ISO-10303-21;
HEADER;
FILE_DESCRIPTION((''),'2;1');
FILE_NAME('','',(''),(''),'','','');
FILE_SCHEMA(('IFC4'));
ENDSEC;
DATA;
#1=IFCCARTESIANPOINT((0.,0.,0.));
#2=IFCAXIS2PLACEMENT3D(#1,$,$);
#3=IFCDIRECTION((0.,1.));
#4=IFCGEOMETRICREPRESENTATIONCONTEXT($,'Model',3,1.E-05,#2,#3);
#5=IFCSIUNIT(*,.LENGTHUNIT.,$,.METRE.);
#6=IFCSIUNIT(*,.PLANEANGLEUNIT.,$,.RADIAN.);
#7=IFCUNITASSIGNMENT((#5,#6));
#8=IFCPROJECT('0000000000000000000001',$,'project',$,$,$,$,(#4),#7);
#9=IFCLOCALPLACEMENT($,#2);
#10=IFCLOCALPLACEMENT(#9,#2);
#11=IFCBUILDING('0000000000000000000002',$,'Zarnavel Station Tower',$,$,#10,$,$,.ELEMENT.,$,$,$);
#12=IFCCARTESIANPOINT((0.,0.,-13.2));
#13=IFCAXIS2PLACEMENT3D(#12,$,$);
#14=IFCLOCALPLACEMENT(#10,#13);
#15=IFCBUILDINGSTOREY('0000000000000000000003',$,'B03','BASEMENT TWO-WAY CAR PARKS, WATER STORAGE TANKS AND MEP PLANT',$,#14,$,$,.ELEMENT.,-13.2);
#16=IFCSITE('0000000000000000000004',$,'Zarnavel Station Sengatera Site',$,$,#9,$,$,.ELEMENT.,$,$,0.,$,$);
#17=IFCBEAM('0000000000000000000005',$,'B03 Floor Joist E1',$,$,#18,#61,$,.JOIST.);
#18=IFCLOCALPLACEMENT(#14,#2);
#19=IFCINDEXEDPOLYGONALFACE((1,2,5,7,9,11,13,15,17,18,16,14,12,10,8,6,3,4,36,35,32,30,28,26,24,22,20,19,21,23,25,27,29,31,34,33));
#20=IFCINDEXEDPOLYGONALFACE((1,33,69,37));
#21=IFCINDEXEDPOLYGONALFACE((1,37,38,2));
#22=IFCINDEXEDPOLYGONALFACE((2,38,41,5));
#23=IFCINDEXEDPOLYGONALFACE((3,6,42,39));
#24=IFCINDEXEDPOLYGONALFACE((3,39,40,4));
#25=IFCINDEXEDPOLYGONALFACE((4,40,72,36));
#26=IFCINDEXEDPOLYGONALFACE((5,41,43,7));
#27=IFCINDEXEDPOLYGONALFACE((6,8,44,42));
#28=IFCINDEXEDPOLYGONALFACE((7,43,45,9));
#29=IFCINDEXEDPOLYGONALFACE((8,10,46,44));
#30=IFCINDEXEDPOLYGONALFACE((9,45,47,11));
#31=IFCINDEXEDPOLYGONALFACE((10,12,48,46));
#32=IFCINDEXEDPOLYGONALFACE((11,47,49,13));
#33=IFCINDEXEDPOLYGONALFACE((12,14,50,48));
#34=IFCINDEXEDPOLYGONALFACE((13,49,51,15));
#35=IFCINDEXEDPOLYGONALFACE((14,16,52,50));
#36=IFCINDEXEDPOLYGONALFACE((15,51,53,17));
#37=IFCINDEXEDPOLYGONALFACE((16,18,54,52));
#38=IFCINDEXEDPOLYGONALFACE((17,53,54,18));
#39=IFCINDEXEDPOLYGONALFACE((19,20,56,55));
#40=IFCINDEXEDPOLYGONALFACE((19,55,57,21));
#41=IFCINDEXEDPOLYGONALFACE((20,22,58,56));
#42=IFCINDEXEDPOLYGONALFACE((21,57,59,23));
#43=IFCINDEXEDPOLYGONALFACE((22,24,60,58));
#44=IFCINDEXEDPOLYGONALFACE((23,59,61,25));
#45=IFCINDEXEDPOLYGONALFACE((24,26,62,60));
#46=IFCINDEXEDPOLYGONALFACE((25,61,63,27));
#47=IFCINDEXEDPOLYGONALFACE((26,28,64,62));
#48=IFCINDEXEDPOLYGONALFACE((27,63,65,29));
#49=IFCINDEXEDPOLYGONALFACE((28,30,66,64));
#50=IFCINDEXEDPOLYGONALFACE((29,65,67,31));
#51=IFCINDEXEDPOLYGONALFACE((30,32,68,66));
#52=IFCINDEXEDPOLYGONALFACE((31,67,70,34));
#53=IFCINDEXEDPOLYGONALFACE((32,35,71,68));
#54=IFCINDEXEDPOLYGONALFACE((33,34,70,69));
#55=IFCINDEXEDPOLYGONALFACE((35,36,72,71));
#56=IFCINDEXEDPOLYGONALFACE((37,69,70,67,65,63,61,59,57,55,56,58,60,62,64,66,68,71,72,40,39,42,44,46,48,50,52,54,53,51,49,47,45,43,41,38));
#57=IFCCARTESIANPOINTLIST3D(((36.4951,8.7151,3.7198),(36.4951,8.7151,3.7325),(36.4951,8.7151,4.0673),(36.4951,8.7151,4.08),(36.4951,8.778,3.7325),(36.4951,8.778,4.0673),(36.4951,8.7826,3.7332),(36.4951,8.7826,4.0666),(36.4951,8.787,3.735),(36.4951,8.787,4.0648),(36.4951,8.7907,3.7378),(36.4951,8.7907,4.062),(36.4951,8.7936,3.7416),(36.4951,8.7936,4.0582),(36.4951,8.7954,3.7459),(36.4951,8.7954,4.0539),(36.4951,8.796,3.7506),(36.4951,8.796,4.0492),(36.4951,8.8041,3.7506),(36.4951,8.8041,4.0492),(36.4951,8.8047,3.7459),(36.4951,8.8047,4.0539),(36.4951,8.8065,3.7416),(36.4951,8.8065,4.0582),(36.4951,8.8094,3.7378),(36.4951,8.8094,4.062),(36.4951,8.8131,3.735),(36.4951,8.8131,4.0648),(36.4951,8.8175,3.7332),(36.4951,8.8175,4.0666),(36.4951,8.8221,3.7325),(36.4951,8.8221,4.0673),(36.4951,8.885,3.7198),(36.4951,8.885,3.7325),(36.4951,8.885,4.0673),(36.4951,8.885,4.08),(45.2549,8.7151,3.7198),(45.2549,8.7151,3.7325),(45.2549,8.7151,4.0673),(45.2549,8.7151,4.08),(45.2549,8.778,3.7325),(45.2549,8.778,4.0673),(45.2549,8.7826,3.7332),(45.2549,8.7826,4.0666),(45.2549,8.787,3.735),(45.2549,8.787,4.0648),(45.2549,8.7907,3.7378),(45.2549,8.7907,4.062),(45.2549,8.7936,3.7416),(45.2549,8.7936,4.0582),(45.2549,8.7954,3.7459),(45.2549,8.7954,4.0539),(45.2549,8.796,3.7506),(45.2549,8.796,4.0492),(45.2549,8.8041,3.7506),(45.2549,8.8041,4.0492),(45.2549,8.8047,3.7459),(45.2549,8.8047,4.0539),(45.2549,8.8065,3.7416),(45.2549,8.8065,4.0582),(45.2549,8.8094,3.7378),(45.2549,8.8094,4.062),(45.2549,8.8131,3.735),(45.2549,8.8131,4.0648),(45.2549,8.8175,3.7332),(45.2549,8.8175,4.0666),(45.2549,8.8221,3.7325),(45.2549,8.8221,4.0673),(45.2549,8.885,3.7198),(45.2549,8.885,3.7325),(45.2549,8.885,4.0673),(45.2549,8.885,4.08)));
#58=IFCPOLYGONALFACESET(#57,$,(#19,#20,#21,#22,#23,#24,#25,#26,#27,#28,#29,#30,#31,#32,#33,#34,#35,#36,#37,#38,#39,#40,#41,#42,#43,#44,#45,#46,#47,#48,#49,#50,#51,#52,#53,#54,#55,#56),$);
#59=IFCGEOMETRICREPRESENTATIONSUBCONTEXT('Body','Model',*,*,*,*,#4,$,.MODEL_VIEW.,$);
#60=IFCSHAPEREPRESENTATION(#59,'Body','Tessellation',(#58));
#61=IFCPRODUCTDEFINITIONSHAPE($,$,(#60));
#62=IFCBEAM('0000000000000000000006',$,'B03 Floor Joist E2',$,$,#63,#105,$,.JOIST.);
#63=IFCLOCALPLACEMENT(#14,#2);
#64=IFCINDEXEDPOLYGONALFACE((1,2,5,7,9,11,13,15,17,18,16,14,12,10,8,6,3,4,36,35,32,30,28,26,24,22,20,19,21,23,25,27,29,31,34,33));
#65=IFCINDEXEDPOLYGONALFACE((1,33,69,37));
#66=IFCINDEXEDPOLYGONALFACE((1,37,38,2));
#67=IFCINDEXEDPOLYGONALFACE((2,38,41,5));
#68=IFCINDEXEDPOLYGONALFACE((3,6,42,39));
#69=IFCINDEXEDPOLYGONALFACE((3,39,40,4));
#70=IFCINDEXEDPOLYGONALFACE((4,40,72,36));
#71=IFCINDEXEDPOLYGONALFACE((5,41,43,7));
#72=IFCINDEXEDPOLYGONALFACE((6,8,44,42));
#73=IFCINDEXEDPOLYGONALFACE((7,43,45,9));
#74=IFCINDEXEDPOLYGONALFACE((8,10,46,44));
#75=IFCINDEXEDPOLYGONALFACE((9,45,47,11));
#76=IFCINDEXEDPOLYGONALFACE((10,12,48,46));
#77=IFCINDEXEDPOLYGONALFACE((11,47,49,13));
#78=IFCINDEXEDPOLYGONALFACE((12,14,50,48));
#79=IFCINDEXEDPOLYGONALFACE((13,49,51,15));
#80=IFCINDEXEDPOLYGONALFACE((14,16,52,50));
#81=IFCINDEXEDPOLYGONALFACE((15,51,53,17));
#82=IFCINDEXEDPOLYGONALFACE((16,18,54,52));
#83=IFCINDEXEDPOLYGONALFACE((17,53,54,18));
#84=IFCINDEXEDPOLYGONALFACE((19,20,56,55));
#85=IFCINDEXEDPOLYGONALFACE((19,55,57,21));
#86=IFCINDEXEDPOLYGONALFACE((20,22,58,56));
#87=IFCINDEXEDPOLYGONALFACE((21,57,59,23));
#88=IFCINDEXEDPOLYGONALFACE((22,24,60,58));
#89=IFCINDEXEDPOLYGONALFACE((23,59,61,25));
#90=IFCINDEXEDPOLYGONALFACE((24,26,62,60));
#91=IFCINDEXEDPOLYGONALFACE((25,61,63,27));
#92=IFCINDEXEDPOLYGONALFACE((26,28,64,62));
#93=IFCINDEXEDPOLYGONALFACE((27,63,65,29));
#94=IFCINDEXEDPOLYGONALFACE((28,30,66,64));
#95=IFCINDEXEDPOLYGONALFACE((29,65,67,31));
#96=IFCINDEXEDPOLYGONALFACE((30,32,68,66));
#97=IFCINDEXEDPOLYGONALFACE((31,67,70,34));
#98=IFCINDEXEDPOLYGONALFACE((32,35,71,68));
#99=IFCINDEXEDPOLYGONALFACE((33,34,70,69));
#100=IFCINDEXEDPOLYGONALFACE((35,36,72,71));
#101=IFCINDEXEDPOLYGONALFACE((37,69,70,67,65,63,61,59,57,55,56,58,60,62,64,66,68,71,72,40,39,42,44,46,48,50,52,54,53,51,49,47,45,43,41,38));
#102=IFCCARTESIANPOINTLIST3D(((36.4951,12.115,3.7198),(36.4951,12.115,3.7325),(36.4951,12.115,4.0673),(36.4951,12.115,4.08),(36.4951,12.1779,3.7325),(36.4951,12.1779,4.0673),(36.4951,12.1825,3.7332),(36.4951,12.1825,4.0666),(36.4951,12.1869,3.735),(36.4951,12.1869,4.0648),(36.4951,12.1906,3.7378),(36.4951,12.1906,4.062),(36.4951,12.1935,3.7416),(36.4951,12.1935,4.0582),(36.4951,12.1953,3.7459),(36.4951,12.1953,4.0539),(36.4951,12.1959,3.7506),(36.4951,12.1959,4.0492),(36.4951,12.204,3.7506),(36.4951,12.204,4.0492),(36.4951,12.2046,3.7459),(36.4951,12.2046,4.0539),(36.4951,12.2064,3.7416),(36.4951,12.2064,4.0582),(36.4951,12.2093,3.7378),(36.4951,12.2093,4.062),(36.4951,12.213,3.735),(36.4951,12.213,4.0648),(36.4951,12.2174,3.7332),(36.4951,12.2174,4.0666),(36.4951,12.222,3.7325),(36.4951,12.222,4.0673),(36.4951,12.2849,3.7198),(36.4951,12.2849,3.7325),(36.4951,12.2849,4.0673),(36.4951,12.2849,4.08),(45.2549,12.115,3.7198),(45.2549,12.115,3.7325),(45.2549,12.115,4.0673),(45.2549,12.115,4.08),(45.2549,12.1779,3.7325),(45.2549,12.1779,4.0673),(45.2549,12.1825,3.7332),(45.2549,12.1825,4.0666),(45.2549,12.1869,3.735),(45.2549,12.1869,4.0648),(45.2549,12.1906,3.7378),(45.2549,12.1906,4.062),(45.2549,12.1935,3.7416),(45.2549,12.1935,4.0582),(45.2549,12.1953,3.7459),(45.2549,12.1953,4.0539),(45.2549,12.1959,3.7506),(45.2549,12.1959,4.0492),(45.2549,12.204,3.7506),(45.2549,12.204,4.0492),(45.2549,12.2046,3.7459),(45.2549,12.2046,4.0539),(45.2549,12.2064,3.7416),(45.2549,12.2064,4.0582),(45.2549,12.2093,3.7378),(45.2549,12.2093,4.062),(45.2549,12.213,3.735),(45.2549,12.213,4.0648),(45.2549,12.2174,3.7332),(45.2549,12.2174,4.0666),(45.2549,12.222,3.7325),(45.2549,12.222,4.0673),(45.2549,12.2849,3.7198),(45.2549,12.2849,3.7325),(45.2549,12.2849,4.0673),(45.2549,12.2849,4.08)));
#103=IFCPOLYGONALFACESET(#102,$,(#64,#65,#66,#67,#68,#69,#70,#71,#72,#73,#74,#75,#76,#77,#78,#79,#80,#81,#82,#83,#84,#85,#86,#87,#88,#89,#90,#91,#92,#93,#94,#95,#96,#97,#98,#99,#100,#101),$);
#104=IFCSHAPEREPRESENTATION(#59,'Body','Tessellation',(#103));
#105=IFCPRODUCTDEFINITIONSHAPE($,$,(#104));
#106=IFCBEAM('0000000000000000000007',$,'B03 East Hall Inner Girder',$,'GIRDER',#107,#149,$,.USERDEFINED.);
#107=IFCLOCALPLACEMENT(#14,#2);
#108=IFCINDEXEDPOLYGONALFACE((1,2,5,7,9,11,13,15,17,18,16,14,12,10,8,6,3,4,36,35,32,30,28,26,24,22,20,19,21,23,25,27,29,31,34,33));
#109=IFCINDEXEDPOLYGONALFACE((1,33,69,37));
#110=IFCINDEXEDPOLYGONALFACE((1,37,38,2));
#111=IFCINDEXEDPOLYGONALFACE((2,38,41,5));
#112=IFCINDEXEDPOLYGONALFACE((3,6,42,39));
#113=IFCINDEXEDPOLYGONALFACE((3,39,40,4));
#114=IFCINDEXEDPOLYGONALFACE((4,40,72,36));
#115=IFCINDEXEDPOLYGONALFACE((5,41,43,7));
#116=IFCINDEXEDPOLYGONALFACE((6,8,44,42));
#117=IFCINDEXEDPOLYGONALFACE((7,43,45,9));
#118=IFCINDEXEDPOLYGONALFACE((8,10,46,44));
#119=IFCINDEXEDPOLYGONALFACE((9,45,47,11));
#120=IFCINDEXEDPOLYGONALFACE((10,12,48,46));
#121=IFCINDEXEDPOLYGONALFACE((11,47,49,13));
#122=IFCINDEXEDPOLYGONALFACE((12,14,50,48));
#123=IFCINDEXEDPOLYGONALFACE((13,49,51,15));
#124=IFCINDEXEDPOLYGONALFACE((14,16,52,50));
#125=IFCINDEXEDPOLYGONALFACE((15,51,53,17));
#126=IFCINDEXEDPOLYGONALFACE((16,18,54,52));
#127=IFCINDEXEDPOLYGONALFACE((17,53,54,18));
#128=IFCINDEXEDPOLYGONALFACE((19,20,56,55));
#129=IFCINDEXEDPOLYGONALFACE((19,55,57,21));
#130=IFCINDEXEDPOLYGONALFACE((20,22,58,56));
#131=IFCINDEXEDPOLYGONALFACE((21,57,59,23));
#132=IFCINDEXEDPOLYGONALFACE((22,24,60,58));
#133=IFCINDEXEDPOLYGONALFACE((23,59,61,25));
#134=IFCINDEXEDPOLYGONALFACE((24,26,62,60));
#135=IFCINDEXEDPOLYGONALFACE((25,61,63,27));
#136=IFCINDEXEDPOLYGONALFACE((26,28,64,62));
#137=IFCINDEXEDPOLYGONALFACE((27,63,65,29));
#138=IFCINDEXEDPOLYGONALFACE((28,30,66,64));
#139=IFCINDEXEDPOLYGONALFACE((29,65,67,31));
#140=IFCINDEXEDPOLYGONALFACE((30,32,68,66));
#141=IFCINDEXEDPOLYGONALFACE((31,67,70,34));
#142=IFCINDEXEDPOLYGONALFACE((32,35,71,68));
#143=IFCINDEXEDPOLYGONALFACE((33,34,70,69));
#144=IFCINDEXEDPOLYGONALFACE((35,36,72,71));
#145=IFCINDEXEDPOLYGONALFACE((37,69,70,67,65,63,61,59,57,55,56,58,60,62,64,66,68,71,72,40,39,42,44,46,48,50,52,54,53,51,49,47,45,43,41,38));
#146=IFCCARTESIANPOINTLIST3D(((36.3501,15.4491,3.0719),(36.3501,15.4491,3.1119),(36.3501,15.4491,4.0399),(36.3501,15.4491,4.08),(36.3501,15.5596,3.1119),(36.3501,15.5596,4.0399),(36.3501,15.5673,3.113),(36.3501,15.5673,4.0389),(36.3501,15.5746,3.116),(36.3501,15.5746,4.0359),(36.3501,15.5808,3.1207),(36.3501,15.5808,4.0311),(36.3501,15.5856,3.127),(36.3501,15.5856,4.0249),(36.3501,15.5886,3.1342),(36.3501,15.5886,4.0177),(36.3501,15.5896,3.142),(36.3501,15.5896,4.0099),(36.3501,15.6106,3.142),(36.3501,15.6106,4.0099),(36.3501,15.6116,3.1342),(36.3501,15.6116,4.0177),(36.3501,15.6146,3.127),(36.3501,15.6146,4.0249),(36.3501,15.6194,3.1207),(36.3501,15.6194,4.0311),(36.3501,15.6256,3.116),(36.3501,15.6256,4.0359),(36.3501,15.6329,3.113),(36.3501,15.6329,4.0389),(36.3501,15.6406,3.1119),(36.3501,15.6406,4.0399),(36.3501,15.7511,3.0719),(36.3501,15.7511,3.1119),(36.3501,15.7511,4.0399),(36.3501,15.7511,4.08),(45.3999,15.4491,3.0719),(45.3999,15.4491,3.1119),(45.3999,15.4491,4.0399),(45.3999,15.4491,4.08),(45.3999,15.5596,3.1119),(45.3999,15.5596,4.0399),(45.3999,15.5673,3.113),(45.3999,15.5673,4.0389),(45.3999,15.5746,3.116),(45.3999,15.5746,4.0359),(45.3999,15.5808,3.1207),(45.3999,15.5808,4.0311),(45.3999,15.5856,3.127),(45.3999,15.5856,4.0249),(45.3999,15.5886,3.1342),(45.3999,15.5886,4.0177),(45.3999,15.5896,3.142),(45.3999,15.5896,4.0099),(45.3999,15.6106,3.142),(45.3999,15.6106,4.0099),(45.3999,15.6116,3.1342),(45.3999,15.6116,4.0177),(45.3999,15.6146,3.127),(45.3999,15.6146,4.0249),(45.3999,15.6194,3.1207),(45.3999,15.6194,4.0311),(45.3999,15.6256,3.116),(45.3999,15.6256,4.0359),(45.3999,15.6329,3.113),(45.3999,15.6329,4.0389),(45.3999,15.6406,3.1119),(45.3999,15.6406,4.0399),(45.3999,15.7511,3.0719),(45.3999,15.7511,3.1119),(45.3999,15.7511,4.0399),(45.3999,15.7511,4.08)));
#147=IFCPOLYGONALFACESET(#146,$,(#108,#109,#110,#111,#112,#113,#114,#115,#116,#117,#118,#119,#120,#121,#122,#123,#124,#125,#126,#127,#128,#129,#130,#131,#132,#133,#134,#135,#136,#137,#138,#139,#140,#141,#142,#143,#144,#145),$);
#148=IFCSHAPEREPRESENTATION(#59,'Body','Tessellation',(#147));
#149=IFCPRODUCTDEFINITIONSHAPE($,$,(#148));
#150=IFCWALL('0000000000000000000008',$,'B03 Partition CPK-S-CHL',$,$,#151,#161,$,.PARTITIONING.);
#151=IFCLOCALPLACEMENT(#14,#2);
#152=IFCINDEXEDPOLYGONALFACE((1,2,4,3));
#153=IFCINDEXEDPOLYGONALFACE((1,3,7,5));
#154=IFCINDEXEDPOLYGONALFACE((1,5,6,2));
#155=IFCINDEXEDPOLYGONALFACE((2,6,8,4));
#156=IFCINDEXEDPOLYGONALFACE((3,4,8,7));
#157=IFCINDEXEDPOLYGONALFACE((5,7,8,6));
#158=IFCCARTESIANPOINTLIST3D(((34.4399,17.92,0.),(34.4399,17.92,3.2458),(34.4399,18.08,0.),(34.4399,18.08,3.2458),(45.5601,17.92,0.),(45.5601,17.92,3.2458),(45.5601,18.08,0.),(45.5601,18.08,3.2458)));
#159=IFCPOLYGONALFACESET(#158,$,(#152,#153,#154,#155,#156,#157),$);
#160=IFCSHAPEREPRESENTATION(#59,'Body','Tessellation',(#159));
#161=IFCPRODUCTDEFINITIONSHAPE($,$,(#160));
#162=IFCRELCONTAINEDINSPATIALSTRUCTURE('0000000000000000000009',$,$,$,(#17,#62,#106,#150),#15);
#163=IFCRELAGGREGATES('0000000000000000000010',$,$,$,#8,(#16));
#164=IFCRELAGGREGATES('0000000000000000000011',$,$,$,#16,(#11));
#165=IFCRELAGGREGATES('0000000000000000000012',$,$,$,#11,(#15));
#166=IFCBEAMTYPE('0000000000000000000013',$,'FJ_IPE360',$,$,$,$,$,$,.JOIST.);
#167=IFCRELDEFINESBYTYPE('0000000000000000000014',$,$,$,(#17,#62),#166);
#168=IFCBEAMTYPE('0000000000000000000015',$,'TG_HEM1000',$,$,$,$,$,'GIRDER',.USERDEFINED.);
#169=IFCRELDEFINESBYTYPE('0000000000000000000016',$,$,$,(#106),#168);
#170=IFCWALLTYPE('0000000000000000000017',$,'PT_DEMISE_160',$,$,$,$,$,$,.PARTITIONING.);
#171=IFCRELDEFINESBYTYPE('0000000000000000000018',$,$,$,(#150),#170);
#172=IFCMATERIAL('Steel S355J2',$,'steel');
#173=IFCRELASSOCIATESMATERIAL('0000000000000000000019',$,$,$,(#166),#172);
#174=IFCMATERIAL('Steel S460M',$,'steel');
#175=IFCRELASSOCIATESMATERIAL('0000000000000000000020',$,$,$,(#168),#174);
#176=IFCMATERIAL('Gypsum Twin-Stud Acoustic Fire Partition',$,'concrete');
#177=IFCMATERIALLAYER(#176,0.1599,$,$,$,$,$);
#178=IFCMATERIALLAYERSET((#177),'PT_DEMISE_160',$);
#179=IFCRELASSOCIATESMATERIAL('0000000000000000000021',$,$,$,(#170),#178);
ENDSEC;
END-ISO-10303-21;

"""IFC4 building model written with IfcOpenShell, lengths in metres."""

from ifc_helpers import new_model, si_unit, direction, frame, frame_2d, origin, origin_2d, place, context, subcontext, project, spatial, rectangle, i_section, extrude, material, layer, layer_set, material_profile, profile_set, type_object, element, save


model = new_model("IFC4")

# Units and contexts
model_context = context("Model", 3, precision=1e-05, world=origin(), true_north=direction((0.0, 1.0)))
body_context = subcontext(model_context, "Body", "Model", "MODEL_VIEW")
ifc_project = project(units=[si_unit("LENGTHUNIT", "METRE"), si_unit("PLANEANGLEUNIT", "RADIAN")], contexts=[model_context])

# Site, building, storey
site_placement = place(None, origin())
site = spatial("IfcSite", under=ifc_project, at=site_placement, Name="Zarnavel Station Sengatera Site", CompositionType="ELEMENT", RefElevation=0.0)
building_placement = place(site_placement, origin())
building = spatial("IfcBuilding", under=site, at=building_placement, Name="Zarnavel Station Tower", CompositionType="ELEMENT")
storey_placement = place(building_placement, frame((0.0, 0.0, -13.2)))
storey = spatial("IfcBuildingStorey", under=building, at=storey_placement, Name="B03", Description="BASEMENT TWO-WAY CAR PARKS, WATER STORAGE TANKS AND MEP PLANT", CompositionType="ELEMENT", Elevation=-13.2)

# Beams
ifc_material_1 = material(Name="Steel S355J2", Category="steel")
ifc_material_profile_1 = material_profile(ifc_material_1, i_section(OverallWidth=0.1699, OverallDepth=0.3601, WebThickness=0.0081, FlangeThickness=0.0127, FilletRadius=0.0181, at=origin_2d()), Name="IPE360")
ifc_profile_set_1 = profile_set([ifc_material_profile_1], Name="Steel S355J2")
beam_type_1 = type_object("IfcBeamType", Name="FJ_IPE360", PredefinedType="JOIST", material=ifc_profile_set_1)
for number, where, z_axis, x_axis, name in (
    (1, (36.4951, 8.8, 3.8999), (1.0, 0.0, 0.0), (0.0, 1.0, 0.0), "B03 Floor Joist E1"),
    (2, (36.4951, 12.2, 3.8999), (1.0, 0.0, 0.0), (0.0, 1.0, 0.0), "B03 Floor Joist E2"),
):
    element("IfcBeam", number, at=place(storey_placement, frame(where, z_axis=z_axis, x_axis=x_axis)), inside=storey, type_object=beam_type_1, Name=name, PredefinedType="JOIST", context=body_context, shape_type="SweptSolid", body=[
        extrude(i_section(OverallWidth=0.1699, OverallDepth=0.3601, WebThickness=0.0081, FlangeThickness=0.0127, FilletRadius=0.0181, at=origin_2d()), origin(), (0.0, 0.0, 1.0), 8.7598),
    ])
ifc_material_2 = material(Name="Steel S460M", Category="steel")
ifc_material_profile_2 = material_profile(ifc_material_2, i_section(OverallWidth=0.302, OverallDepth=1.0081, WebThickness=0.021, FlangeThickness=0.04, FilletRadius=0.03, at=origin_2d()), Name="HEM1000")
ifc_profile_set_2 = profile_set([ifc_material_profile_2], Name="Steel S460M")
beam_type_2 = type_object("IfcBeamType", Name="TG_HEM1000", ElementType="GIRDER", PredefinedType="USERDEFINED", material=ifc_profile_set_2)
beam_1_placement = place(storey_placement, frame((36.3501, 15.6001, 3.5759), z_axis=(1.0, 0.0, 0.0), x_axis=(0.0, 1.0, 0.0)))
element("IfcBeam", 3, at=beam_1_placement, inside=storey, type_object=beam_type_2, Name="B03 East Hall Inner Girder", ObjectType="GIRDER", PredefinedType="USERDEFINED", context=body_context, shape_type="SweptSolid", body=[
    extrude(i_section(OverallWidth=0.302, OverallDepth=1.0081, WebThickness=0.021, FlangeThickness=0.04, FilletRadius=0.03, at=origin_2d()), origin(), (0.0, 0.0, 1.0), 9.0498),
])

# Wall
ifc_material_3 = material(Name="Gypsum Twin-Stud Acoustic Fire Partition", Category="concrete")
ifc_layer = layer(ifc_material_3, 0.1599)
ifc_layer_set = layer_set([ifc_layer], Name="PT_DEMISE_160")
wall_type = type_object("IfcWallType", Name="PT_DEMISE_160", PredefinedType="PARTITIONING", material=ifc_layer_set)
wall_placement = place(storey_placement, frame((34.4399, 18.0, 0.0), z_axis=(0.0, 0.0, 1.0), x_axis=(1.0, 0.0, 0.0)))
element("IfcWall", 4, at=wall_placement, inside=storey, type_object=wall_type, Name="B03 Partition CPK-S-CHL", PredefinedType="PARTITIONING", context=body_context, shape_type="SweptSolid", body=[
    extrude(rectangle(XDim=11.1201, YDim=0.1599, at=frame_2d((5.5601, 0.0))), origin(), (0.0, 0.0, 1.0), 3.2458),
])

save(model, "model.ifc")
